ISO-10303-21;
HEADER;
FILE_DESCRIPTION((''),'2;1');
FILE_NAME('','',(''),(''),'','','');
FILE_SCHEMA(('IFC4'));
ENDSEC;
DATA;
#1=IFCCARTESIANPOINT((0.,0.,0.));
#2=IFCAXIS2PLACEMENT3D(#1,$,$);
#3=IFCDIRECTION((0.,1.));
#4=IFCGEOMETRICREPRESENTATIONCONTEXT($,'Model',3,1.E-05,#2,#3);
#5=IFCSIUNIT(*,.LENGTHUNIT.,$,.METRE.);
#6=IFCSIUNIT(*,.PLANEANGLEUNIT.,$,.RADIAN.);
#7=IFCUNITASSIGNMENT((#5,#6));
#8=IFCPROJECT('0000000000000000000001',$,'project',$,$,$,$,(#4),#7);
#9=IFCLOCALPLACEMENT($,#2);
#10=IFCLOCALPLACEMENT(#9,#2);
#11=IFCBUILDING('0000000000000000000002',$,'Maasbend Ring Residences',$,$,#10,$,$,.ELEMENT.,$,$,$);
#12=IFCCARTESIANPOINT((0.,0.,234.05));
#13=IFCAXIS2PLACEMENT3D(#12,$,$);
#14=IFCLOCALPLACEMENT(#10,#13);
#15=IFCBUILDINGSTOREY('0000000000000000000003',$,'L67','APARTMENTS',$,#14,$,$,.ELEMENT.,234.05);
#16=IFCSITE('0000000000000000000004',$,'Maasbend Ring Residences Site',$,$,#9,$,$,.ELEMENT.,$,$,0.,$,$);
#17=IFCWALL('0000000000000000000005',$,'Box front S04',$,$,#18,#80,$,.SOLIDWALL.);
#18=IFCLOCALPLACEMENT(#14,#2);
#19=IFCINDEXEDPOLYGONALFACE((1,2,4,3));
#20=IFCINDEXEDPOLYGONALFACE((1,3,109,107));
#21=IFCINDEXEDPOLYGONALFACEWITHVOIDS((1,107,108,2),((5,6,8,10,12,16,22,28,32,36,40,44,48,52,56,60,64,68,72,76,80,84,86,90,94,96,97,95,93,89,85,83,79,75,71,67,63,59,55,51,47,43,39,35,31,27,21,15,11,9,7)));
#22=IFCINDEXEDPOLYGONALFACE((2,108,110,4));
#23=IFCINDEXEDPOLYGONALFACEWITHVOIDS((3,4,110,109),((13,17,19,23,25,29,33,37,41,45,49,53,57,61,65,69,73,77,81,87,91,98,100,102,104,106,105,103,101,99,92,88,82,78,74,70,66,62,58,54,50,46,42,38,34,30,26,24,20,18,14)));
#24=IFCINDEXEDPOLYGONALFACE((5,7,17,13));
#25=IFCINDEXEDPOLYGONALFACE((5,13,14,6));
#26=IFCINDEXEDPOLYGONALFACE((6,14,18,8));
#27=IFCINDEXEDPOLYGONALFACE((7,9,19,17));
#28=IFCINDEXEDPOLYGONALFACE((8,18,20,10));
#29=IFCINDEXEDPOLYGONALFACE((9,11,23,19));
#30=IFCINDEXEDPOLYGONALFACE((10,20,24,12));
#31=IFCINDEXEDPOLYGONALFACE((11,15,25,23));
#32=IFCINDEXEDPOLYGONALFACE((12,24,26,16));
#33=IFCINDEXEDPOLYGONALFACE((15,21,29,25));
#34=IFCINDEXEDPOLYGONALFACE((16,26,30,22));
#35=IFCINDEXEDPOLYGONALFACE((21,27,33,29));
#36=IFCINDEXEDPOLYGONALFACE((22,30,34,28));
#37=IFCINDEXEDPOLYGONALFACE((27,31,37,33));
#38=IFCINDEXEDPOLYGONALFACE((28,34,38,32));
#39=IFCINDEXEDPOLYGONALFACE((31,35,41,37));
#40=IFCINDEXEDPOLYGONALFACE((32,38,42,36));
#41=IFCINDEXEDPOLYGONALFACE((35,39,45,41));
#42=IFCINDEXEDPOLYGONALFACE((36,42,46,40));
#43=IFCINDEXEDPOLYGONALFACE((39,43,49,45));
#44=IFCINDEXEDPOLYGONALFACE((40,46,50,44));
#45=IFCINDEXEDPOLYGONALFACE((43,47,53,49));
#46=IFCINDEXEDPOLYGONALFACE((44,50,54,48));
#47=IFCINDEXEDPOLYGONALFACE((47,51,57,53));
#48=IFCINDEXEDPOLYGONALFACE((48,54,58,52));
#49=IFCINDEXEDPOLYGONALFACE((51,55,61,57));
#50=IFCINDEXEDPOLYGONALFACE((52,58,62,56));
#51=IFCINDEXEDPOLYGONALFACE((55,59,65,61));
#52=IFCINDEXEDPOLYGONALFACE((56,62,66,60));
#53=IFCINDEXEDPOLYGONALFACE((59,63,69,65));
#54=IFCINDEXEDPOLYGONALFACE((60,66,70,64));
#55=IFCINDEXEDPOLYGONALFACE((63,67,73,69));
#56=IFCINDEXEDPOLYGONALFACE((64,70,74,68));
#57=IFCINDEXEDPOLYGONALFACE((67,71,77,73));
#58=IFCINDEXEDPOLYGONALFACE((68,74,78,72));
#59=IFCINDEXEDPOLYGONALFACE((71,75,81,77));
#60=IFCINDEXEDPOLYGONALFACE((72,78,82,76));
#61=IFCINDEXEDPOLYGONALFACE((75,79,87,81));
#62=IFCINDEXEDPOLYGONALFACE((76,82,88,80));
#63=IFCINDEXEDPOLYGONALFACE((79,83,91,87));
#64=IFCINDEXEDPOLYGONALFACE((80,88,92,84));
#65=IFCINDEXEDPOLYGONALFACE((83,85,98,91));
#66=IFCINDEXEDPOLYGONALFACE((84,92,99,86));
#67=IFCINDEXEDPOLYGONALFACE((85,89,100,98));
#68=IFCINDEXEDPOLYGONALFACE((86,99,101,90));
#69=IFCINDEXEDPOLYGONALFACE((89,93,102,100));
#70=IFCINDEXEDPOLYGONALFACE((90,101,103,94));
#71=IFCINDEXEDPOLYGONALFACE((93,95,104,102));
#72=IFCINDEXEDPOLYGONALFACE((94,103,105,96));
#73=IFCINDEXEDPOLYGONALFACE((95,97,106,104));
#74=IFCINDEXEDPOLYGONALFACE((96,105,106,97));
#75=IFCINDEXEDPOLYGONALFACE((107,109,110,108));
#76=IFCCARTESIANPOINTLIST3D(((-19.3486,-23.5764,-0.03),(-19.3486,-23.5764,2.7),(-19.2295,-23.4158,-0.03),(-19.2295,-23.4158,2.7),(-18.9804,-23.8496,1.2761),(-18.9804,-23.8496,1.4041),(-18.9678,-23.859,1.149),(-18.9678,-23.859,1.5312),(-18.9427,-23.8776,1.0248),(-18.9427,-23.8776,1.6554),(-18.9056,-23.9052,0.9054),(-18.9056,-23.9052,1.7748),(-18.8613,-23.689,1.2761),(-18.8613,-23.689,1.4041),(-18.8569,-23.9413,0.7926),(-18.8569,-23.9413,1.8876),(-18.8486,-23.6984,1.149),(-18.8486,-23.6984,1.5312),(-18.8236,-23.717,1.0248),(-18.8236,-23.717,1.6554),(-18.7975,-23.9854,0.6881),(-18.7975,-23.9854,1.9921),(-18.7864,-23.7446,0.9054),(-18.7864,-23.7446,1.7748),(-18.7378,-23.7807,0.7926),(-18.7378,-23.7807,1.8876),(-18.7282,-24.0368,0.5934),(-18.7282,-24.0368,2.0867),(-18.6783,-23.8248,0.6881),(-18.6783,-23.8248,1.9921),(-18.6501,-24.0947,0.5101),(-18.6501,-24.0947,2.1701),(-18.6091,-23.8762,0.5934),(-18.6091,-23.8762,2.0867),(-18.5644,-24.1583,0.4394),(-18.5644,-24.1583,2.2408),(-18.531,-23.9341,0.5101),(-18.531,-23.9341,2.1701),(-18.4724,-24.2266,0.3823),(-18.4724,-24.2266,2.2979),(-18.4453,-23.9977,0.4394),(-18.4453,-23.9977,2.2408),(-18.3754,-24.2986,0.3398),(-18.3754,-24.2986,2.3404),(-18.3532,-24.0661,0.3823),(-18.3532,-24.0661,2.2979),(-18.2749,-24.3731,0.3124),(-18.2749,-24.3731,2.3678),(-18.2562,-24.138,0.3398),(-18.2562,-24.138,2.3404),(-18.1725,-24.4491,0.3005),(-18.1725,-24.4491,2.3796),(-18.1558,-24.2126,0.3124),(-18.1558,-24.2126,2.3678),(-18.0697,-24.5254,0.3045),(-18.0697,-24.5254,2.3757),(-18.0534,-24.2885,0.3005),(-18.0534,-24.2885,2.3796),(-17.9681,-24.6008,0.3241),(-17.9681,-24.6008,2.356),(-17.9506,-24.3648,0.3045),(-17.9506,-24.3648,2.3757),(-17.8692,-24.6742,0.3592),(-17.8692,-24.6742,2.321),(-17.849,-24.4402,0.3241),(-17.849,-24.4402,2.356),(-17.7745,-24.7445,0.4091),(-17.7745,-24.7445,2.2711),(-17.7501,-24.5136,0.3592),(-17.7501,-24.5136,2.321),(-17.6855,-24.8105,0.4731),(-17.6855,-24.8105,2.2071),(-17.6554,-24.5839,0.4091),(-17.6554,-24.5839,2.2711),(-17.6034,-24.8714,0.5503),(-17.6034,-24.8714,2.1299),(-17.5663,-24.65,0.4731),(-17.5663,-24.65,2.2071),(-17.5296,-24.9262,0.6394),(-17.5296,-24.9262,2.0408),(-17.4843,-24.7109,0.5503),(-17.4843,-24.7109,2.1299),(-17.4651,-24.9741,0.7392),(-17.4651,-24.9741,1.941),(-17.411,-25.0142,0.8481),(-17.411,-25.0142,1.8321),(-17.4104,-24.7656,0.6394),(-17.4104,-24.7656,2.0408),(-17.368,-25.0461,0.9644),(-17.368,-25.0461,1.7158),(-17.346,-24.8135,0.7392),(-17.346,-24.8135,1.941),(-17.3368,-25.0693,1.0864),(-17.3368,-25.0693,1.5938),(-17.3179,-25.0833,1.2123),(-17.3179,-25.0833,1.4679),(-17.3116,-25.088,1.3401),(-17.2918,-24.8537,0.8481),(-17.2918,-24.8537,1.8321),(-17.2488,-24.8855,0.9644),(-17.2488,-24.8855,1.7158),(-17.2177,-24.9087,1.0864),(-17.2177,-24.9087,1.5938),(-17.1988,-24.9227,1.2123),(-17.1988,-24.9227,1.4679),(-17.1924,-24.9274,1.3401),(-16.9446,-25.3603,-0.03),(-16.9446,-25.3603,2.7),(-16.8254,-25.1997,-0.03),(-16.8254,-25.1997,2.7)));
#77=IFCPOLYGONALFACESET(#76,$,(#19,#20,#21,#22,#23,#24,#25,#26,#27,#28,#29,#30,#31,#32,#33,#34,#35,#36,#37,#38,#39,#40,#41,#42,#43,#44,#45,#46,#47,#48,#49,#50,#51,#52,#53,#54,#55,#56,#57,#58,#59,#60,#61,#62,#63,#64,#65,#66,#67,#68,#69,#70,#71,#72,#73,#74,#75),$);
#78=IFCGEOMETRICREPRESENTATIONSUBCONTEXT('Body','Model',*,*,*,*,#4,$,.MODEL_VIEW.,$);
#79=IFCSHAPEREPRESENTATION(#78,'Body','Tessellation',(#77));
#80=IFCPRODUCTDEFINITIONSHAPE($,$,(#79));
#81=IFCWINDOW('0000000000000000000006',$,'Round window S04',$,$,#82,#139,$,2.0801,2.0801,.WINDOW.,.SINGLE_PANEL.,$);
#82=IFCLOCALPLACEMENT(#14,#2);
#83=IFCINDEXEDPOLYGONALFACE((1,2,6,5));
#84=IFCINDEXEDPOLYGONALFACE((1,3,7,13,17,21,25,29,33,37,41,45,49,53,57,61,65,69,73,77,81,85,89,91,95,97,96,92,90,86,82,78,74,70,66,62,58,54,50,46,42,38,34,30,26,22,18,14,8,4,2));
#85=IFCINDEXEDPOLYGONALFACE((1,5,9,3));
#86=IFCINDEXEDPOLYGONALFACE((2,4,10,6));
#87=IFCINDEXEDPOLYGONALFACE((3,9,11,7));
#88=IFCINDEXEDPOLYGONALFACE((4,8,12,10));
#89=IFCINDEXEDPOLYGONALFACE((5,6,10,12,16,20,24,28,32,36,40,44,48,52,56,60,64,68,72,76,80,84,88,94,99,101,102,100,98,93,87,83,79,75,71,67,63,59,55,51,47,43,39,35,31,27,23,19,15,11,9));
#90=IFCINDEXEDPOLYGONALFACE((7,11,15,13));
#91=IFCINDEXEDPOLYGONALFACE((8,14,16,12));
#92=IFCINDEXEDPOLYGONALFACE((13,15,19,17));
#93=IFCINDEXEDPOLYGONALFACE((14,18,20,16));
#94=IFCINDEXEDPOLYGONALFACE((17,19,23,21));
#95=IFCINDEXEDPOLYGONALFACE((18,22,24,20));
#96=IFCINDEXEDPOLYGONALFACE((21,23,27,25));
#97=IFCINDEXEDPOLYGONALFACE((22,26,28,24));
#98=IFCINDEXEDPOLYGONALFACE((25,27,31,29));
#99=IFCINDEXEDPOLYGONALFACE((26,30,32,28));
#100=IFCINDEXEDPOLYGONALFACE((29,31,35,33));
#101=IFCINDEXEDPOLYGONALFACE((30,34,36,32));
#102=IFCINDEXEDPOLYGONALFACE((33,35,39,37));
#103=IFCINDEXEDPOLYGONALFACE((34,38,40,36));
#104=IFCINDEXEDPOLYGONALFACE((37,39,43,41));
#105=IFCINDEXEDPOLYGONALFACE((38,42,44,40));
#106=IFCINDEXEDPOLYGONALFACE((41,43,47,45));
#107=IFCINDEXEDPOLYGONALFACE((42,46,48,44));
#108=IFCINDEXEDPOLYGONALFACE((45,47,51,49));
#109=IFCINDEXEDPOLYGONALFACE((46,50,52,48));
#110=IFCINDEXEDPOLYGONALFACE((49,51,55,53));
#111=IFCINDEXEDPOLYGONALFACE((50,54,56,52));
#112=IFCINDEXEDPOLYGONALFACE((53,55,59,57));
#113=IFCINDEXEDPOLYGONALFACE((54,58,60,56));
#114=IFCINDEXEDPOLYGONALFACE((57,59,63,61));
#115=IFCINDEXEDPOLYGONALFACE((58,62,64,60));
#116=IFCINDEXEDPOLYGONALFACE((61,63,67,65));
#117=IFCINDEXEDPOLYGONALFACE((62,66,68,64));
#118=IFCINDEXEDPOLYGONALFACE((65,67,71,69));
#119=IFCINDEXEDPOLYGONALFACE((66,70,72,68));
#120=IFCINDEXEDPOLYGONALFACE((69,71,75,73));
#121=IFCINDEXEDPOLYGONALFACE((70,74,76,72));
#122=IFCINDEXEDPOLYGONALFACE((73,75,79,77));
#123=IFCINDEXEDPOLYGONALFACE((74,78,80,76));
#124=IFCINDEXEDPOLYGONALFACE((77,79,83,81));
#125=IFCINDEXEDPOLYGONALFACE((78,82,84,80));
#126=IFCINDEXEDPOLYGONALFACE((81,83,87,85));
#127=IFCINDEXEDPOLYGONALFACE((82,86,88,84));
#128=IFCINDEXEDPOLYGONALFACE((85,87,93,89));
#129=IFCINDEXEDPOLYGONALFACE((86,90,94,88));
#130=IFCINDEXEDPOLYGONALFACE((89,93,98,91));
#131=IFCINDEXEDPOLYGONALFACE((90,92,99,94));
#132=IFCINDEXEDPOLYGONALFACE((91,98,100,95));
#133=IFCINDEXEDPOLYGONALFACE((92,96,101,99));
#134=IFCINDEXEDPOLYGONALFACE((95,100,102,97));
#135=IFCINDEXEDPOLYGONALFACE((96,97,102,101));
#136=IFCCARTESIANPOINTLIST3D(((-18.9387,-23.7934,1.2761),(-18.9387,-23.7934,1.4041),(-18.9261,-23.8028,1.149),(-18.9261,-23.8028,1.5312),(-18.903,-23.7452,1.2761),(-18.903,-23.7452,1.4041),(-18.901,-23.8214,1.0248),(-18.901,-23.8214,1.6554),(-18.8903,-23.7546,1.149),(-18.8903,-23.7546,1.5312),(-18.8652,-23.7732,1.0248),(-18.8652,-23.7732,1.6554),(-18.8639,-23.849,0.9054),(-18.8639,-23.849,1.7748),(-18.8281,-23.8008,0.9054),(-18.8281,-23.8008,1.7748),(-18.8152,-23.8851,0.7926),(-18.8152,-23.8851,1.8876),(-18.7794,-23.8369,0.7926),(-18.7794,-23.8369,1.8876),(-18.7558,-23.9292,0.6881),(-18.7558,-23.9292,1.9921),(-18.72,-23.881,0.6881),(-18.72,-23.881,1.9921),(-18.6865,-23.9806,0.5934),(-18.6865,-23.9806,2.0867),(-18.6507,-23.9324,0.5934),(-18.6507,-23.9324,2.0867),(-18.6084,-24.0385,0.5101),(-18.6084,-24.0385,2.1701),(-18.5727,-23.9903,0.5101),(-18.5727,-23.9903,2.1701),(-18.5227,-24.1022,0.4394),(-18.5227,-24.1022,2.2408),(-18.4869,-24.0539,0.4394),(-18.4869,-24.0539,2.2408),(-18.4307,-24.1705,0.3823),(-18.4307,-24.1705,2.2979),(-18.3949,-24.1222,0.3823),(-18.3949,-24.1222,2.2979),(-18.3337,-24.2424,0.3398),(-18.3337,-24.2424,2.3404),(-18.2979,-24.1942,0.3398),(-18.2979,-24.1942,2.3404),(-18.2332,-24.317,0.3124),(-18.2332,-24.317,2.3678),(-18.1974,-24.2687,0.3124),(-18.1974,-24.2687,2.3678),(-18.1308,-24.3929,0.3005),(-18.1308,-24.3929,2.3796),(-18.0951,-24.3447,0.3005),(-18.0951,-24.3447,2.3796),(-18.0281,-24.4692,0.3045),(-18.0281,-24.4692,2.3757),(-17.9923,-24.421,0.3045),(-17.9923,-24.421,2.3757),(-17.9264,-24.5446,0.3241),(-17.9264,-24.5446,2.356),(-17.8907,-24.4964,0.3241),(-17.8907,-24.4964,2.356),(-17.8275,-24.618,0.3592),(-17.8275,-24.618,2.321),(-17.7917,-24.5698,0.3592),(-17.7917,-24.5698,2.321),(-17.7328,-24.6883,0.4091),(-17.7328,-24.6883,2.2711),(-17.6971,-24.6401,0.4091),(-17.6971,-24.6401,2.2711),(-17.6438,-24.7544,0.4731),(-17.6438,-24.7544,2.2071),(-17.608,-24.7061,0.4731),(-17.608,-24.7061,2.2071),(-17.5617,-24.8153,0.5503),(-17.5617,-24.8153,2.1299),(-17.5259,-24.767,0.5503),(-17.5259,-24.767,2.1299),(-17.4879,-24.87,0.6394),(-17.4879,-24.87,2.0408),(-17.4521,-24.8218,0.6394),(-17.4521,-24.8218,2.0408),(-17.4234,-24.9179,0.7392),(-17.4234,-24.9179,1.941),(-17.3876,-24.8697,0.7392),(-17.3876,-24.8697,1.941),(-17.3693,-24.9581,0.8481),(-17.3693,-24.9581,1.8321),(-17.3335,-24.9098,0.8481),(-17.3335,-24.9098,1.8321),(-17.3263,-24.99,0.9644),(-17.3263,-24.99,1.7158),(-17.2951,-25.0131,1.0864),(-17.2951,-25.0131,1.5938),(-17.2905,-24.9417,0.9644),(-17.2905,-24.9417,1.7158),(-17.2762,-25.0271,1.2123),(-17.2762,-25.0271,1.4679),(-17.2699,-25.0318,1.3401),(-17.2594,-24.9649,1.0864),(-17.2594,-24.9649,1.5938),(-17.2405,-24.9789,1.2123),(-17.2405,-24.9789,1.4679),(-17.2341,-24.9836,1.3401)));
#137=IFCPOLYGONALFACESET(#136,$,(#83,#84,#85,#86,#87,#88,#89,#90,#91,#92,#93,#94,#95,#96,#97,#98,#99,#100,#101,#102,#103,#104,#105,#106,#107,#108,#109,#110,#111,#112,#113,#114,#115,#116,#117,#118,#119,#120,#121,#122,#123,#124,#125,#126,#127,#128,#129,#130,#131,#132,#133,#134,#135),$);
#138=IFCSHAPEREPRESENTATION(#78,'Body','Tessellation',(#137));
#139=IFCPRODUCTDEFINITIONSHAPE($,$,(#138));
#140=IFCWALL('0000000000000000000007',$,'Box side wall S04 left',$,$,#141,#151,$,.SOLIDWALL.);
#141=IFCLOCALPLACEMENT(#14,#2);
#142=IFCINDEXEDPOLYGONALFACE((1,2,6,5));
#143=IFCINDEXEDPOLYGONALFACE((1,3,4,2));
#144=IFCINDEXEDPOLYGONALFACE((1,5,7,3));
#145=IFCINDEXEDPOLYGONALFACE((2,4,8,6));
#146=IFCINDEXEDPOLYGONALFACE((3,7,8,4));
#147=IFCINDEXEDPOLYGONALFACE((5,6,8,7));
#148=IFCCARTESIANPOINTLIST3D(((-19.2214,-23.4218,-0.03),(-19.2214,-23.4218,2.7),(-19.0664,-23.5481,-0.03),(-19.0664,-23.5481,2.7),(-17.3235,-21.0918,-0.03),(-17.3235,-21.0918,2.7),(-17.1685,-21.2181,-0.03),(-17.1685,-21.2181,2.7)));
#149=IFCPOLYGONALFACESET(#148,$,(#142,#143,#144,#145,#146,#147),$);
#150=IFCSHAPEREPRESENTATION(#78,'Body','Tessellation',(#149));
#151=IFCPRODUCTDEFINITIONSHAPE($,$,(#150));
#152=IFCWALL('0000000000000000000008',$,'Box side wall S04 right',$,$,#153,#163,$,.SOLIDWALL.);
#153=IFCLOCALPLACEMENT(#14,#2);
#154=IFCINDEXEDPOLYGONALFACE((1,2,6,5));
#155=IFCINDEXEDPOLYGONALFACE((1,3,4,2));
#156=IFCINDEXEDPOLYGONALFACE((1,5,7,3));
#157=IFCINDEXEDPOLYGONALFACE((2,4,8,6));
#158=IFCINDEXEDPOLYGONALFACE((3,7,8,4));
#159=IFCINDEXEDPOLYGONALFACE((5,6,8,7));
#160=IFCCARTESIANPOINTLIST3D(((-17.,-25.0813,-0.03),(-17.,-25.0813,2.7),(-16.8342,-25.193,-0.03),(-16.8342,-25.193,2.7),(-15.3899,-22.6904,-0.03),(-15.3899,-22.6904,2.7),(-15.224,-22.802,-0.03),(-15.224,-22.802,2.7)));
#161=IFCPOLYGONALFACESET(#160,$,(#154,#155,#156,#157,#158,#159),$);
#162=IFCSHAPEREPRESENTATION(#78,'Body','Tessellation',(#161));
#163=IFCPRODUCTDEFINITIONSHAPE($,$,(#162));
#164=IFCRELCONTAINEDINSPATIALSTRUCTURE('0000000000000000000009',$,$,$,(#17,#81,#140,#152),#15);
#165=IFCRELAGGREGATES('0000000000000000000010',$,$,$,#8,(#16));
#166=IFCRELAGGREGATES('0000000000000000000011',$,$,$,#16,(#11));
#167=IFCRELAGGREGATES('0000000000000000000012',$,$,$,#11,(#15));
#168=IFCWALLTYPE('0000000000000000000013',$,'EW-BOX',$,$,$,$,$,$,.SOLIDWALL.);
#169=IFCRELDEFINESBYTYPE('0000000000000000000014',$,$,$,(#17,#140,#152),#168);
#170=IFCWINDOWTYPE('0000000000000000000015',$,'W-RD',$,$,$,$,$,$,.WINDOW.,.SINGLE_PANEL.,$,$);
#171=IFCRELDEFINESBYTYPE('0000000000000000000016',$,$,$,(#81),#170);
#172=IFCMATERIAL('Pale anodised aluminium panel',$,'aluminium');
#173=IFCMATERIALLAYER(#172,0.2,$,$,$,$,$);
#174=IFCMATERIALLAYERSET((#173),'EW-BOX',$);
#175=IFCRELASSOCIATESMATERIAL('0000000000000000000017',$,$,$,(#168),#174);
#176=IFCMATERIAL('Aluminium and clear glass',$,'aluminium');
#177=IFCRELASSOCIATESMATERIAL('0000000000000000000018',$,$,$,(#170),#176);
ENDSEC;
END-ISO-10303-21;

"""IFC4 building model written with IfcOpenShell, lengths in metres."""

from ifc_helpers import new_model, si_unit, direction, frame, frame_2d, origin, place, context, subcontext, project, spatial, rectangle, circle, extrude, material, layer, layer_set, type_object, element, fill, save


model = new_model("IFC4")

# Units and contexts
model_context = context("Model", 3, precision=1e-05, world=origin(), true_north=direction((0.0, 1.0)))
body_context = subcontext(model_context, "Body", "Model", "MODEL_VIEW")
ifc_project = project(units=[si_unit("LENGTHUNIT", "METRE"), si_unit("PLANEANGLEUNIT", "RADIAN")], contexts=[model_context])

# Site, building, storey
site_placement = place(None, origin())
site = spatial("IfcSite", under=ifc_project, at=site_placement, Name="Maasbend Ring Residences Site", CompositionType="ELEMENT", RefElevation=0.0)
building_placement = place(site_placement, origin())
building = spatial("IfcBuilding", under=site, at=building_placement, Name="Maasbend Ring Residences", CompositionType="ELEMENT")
storey_placement = place(building_placement, frame((0.0, 0.0, 234.05)))
storey = spatial("IfcBuildingStorey", under=building, at=storey_placement, Name="L67", Description="APARTMENTS", CompositionType="ELEMENT", Elevation=234.05)

# Shared definitions
ifc_material_1 = material(Name="Pale anodised aluminium panel", Category="aluminium")
ifc_layer_1 = layer(ifc_material_1, 0.2)
ifc_layer_set_1 = layer_set([ifc_layer_1], Name="EW-BOX")
wall_type_1 = type_object("IfcWallType", Name="EW-BOX", PredefinedType="SOLIDWALL", material=ifc_layer_set_1)
ifc_material_2 = material(Name="Aluminium and clear glass", Category="aluminium")
window_type_1 = type_object("IfcWindowType", Name="W-RD", PartitioningType="SINGLE_PANEL", PredefinedType="WINDOW", material=ifc_material_2)

# Wall, opening, window
wall_1_placement = place(storey_placement, frame((-19.2891, -23.4961, -0.03), z_axis=(0.0, 0.0, 1.0), x_axis=(0.803053, -0.595908, 0.0)))
wall_1 = element("IfcWall", 1, at=wall_1_placement, inside=storey, type_object=wall_type_1, Name="Box front S04", PredefinedType="SOLIDWALL", context=body_context, shape_type="SweptSolid", body=[
    extrude(rectangle(XDim=2.9937, YDim=0.2, at=frame_2d((1.4968, 0.0))), origin(), (0.0, 0.0, 1.0), 2.73),
])
opening_1_placement = place(wall_1_placement, frame((0.4565, 0.0, 0.3301)))
opening_1 = element("IfcOpeningElement", 2, at=opening_1_placement, cuts=wall_1, PredefinedType="OPENING", context=body_context, shape_type="SweptSolid", body=[
    extrude(circle(Radius=1.04, at=frame_2d((1.04, 1.04))), frame((0.0, 0.1099, 0.0), z_axis=(0.0, -1.0, 0.0), x_axis=(1.0, 0.0, 0.0)), (0.0, 0.0, 1.0), 0.22),
])
window_1_placement = place(opening_1_placement, origin())
window_1 = element("IfcWindow", 3, at=window_1_placement, inside=storey, type_object=window_type_1, Name="Round window S04", OverallHeight=2.0801, OverallWidth=2.0801, PartitioningType="SINGLE_PANEL", PredefinedType="WINDOW", context=body_context, shape_type="SweptSolid", body=[
    extrude(circle(Radius=1.04, at=frame_2d((1.04, 1.04))), frame((0.0, 0.03, 0.0), z_axis=(0.0, -1.0, 0.0), x_axis=(1.0, 0.0, 0.0)), (0.0, 0.0, 1.0), 0.0601),
])
fill(opening_1, window_1)

# Walls
wall_2_placement = place(storey_placement, frame((-17.2461, -21.155, -0.03), z_axis=(0.0, 0.0, 1.0), x_axis=(-0.631546, -0.775338, 0.0)))
element("IfcWall", 4, at=wall_2_placement, inside=storey, type_object=wall_type_1, Name="Box side wall S04 left", PredefinedType="SOLIDWALL", context=body_context, shape_type="SweptSolid", body=[
    extrude(rectangle(XDim=3.0051, YDim=0.2, at=frame_2d((1.5024, 0.0))), origin(), (0.0, 0.0, 1.0), 2.73),
])
wall_3_placement = place(storey_placement, frame((-15.3069, -22.7461, -0.03), z_axis=(0.0, 0.0, 1.0), x_axis=(-0.558584, -0.829448, 0.0)))
element("IfcWall", 5, at=wall_3_placement, inside=storey, type_object=wall_type_1, Name="Box side wall S04 right", PredefinedType="SOLIDWALL", context=body_context, shape_type="SweptSolid", body=[
    extrude(rectangle(XDim=2.8826, YDim=0.2, at=frame_2d((1.4414, 0.0))), origin(), (0.0, 0.0, 1.0), 2.73),
])

save(model, "model.ifc")
